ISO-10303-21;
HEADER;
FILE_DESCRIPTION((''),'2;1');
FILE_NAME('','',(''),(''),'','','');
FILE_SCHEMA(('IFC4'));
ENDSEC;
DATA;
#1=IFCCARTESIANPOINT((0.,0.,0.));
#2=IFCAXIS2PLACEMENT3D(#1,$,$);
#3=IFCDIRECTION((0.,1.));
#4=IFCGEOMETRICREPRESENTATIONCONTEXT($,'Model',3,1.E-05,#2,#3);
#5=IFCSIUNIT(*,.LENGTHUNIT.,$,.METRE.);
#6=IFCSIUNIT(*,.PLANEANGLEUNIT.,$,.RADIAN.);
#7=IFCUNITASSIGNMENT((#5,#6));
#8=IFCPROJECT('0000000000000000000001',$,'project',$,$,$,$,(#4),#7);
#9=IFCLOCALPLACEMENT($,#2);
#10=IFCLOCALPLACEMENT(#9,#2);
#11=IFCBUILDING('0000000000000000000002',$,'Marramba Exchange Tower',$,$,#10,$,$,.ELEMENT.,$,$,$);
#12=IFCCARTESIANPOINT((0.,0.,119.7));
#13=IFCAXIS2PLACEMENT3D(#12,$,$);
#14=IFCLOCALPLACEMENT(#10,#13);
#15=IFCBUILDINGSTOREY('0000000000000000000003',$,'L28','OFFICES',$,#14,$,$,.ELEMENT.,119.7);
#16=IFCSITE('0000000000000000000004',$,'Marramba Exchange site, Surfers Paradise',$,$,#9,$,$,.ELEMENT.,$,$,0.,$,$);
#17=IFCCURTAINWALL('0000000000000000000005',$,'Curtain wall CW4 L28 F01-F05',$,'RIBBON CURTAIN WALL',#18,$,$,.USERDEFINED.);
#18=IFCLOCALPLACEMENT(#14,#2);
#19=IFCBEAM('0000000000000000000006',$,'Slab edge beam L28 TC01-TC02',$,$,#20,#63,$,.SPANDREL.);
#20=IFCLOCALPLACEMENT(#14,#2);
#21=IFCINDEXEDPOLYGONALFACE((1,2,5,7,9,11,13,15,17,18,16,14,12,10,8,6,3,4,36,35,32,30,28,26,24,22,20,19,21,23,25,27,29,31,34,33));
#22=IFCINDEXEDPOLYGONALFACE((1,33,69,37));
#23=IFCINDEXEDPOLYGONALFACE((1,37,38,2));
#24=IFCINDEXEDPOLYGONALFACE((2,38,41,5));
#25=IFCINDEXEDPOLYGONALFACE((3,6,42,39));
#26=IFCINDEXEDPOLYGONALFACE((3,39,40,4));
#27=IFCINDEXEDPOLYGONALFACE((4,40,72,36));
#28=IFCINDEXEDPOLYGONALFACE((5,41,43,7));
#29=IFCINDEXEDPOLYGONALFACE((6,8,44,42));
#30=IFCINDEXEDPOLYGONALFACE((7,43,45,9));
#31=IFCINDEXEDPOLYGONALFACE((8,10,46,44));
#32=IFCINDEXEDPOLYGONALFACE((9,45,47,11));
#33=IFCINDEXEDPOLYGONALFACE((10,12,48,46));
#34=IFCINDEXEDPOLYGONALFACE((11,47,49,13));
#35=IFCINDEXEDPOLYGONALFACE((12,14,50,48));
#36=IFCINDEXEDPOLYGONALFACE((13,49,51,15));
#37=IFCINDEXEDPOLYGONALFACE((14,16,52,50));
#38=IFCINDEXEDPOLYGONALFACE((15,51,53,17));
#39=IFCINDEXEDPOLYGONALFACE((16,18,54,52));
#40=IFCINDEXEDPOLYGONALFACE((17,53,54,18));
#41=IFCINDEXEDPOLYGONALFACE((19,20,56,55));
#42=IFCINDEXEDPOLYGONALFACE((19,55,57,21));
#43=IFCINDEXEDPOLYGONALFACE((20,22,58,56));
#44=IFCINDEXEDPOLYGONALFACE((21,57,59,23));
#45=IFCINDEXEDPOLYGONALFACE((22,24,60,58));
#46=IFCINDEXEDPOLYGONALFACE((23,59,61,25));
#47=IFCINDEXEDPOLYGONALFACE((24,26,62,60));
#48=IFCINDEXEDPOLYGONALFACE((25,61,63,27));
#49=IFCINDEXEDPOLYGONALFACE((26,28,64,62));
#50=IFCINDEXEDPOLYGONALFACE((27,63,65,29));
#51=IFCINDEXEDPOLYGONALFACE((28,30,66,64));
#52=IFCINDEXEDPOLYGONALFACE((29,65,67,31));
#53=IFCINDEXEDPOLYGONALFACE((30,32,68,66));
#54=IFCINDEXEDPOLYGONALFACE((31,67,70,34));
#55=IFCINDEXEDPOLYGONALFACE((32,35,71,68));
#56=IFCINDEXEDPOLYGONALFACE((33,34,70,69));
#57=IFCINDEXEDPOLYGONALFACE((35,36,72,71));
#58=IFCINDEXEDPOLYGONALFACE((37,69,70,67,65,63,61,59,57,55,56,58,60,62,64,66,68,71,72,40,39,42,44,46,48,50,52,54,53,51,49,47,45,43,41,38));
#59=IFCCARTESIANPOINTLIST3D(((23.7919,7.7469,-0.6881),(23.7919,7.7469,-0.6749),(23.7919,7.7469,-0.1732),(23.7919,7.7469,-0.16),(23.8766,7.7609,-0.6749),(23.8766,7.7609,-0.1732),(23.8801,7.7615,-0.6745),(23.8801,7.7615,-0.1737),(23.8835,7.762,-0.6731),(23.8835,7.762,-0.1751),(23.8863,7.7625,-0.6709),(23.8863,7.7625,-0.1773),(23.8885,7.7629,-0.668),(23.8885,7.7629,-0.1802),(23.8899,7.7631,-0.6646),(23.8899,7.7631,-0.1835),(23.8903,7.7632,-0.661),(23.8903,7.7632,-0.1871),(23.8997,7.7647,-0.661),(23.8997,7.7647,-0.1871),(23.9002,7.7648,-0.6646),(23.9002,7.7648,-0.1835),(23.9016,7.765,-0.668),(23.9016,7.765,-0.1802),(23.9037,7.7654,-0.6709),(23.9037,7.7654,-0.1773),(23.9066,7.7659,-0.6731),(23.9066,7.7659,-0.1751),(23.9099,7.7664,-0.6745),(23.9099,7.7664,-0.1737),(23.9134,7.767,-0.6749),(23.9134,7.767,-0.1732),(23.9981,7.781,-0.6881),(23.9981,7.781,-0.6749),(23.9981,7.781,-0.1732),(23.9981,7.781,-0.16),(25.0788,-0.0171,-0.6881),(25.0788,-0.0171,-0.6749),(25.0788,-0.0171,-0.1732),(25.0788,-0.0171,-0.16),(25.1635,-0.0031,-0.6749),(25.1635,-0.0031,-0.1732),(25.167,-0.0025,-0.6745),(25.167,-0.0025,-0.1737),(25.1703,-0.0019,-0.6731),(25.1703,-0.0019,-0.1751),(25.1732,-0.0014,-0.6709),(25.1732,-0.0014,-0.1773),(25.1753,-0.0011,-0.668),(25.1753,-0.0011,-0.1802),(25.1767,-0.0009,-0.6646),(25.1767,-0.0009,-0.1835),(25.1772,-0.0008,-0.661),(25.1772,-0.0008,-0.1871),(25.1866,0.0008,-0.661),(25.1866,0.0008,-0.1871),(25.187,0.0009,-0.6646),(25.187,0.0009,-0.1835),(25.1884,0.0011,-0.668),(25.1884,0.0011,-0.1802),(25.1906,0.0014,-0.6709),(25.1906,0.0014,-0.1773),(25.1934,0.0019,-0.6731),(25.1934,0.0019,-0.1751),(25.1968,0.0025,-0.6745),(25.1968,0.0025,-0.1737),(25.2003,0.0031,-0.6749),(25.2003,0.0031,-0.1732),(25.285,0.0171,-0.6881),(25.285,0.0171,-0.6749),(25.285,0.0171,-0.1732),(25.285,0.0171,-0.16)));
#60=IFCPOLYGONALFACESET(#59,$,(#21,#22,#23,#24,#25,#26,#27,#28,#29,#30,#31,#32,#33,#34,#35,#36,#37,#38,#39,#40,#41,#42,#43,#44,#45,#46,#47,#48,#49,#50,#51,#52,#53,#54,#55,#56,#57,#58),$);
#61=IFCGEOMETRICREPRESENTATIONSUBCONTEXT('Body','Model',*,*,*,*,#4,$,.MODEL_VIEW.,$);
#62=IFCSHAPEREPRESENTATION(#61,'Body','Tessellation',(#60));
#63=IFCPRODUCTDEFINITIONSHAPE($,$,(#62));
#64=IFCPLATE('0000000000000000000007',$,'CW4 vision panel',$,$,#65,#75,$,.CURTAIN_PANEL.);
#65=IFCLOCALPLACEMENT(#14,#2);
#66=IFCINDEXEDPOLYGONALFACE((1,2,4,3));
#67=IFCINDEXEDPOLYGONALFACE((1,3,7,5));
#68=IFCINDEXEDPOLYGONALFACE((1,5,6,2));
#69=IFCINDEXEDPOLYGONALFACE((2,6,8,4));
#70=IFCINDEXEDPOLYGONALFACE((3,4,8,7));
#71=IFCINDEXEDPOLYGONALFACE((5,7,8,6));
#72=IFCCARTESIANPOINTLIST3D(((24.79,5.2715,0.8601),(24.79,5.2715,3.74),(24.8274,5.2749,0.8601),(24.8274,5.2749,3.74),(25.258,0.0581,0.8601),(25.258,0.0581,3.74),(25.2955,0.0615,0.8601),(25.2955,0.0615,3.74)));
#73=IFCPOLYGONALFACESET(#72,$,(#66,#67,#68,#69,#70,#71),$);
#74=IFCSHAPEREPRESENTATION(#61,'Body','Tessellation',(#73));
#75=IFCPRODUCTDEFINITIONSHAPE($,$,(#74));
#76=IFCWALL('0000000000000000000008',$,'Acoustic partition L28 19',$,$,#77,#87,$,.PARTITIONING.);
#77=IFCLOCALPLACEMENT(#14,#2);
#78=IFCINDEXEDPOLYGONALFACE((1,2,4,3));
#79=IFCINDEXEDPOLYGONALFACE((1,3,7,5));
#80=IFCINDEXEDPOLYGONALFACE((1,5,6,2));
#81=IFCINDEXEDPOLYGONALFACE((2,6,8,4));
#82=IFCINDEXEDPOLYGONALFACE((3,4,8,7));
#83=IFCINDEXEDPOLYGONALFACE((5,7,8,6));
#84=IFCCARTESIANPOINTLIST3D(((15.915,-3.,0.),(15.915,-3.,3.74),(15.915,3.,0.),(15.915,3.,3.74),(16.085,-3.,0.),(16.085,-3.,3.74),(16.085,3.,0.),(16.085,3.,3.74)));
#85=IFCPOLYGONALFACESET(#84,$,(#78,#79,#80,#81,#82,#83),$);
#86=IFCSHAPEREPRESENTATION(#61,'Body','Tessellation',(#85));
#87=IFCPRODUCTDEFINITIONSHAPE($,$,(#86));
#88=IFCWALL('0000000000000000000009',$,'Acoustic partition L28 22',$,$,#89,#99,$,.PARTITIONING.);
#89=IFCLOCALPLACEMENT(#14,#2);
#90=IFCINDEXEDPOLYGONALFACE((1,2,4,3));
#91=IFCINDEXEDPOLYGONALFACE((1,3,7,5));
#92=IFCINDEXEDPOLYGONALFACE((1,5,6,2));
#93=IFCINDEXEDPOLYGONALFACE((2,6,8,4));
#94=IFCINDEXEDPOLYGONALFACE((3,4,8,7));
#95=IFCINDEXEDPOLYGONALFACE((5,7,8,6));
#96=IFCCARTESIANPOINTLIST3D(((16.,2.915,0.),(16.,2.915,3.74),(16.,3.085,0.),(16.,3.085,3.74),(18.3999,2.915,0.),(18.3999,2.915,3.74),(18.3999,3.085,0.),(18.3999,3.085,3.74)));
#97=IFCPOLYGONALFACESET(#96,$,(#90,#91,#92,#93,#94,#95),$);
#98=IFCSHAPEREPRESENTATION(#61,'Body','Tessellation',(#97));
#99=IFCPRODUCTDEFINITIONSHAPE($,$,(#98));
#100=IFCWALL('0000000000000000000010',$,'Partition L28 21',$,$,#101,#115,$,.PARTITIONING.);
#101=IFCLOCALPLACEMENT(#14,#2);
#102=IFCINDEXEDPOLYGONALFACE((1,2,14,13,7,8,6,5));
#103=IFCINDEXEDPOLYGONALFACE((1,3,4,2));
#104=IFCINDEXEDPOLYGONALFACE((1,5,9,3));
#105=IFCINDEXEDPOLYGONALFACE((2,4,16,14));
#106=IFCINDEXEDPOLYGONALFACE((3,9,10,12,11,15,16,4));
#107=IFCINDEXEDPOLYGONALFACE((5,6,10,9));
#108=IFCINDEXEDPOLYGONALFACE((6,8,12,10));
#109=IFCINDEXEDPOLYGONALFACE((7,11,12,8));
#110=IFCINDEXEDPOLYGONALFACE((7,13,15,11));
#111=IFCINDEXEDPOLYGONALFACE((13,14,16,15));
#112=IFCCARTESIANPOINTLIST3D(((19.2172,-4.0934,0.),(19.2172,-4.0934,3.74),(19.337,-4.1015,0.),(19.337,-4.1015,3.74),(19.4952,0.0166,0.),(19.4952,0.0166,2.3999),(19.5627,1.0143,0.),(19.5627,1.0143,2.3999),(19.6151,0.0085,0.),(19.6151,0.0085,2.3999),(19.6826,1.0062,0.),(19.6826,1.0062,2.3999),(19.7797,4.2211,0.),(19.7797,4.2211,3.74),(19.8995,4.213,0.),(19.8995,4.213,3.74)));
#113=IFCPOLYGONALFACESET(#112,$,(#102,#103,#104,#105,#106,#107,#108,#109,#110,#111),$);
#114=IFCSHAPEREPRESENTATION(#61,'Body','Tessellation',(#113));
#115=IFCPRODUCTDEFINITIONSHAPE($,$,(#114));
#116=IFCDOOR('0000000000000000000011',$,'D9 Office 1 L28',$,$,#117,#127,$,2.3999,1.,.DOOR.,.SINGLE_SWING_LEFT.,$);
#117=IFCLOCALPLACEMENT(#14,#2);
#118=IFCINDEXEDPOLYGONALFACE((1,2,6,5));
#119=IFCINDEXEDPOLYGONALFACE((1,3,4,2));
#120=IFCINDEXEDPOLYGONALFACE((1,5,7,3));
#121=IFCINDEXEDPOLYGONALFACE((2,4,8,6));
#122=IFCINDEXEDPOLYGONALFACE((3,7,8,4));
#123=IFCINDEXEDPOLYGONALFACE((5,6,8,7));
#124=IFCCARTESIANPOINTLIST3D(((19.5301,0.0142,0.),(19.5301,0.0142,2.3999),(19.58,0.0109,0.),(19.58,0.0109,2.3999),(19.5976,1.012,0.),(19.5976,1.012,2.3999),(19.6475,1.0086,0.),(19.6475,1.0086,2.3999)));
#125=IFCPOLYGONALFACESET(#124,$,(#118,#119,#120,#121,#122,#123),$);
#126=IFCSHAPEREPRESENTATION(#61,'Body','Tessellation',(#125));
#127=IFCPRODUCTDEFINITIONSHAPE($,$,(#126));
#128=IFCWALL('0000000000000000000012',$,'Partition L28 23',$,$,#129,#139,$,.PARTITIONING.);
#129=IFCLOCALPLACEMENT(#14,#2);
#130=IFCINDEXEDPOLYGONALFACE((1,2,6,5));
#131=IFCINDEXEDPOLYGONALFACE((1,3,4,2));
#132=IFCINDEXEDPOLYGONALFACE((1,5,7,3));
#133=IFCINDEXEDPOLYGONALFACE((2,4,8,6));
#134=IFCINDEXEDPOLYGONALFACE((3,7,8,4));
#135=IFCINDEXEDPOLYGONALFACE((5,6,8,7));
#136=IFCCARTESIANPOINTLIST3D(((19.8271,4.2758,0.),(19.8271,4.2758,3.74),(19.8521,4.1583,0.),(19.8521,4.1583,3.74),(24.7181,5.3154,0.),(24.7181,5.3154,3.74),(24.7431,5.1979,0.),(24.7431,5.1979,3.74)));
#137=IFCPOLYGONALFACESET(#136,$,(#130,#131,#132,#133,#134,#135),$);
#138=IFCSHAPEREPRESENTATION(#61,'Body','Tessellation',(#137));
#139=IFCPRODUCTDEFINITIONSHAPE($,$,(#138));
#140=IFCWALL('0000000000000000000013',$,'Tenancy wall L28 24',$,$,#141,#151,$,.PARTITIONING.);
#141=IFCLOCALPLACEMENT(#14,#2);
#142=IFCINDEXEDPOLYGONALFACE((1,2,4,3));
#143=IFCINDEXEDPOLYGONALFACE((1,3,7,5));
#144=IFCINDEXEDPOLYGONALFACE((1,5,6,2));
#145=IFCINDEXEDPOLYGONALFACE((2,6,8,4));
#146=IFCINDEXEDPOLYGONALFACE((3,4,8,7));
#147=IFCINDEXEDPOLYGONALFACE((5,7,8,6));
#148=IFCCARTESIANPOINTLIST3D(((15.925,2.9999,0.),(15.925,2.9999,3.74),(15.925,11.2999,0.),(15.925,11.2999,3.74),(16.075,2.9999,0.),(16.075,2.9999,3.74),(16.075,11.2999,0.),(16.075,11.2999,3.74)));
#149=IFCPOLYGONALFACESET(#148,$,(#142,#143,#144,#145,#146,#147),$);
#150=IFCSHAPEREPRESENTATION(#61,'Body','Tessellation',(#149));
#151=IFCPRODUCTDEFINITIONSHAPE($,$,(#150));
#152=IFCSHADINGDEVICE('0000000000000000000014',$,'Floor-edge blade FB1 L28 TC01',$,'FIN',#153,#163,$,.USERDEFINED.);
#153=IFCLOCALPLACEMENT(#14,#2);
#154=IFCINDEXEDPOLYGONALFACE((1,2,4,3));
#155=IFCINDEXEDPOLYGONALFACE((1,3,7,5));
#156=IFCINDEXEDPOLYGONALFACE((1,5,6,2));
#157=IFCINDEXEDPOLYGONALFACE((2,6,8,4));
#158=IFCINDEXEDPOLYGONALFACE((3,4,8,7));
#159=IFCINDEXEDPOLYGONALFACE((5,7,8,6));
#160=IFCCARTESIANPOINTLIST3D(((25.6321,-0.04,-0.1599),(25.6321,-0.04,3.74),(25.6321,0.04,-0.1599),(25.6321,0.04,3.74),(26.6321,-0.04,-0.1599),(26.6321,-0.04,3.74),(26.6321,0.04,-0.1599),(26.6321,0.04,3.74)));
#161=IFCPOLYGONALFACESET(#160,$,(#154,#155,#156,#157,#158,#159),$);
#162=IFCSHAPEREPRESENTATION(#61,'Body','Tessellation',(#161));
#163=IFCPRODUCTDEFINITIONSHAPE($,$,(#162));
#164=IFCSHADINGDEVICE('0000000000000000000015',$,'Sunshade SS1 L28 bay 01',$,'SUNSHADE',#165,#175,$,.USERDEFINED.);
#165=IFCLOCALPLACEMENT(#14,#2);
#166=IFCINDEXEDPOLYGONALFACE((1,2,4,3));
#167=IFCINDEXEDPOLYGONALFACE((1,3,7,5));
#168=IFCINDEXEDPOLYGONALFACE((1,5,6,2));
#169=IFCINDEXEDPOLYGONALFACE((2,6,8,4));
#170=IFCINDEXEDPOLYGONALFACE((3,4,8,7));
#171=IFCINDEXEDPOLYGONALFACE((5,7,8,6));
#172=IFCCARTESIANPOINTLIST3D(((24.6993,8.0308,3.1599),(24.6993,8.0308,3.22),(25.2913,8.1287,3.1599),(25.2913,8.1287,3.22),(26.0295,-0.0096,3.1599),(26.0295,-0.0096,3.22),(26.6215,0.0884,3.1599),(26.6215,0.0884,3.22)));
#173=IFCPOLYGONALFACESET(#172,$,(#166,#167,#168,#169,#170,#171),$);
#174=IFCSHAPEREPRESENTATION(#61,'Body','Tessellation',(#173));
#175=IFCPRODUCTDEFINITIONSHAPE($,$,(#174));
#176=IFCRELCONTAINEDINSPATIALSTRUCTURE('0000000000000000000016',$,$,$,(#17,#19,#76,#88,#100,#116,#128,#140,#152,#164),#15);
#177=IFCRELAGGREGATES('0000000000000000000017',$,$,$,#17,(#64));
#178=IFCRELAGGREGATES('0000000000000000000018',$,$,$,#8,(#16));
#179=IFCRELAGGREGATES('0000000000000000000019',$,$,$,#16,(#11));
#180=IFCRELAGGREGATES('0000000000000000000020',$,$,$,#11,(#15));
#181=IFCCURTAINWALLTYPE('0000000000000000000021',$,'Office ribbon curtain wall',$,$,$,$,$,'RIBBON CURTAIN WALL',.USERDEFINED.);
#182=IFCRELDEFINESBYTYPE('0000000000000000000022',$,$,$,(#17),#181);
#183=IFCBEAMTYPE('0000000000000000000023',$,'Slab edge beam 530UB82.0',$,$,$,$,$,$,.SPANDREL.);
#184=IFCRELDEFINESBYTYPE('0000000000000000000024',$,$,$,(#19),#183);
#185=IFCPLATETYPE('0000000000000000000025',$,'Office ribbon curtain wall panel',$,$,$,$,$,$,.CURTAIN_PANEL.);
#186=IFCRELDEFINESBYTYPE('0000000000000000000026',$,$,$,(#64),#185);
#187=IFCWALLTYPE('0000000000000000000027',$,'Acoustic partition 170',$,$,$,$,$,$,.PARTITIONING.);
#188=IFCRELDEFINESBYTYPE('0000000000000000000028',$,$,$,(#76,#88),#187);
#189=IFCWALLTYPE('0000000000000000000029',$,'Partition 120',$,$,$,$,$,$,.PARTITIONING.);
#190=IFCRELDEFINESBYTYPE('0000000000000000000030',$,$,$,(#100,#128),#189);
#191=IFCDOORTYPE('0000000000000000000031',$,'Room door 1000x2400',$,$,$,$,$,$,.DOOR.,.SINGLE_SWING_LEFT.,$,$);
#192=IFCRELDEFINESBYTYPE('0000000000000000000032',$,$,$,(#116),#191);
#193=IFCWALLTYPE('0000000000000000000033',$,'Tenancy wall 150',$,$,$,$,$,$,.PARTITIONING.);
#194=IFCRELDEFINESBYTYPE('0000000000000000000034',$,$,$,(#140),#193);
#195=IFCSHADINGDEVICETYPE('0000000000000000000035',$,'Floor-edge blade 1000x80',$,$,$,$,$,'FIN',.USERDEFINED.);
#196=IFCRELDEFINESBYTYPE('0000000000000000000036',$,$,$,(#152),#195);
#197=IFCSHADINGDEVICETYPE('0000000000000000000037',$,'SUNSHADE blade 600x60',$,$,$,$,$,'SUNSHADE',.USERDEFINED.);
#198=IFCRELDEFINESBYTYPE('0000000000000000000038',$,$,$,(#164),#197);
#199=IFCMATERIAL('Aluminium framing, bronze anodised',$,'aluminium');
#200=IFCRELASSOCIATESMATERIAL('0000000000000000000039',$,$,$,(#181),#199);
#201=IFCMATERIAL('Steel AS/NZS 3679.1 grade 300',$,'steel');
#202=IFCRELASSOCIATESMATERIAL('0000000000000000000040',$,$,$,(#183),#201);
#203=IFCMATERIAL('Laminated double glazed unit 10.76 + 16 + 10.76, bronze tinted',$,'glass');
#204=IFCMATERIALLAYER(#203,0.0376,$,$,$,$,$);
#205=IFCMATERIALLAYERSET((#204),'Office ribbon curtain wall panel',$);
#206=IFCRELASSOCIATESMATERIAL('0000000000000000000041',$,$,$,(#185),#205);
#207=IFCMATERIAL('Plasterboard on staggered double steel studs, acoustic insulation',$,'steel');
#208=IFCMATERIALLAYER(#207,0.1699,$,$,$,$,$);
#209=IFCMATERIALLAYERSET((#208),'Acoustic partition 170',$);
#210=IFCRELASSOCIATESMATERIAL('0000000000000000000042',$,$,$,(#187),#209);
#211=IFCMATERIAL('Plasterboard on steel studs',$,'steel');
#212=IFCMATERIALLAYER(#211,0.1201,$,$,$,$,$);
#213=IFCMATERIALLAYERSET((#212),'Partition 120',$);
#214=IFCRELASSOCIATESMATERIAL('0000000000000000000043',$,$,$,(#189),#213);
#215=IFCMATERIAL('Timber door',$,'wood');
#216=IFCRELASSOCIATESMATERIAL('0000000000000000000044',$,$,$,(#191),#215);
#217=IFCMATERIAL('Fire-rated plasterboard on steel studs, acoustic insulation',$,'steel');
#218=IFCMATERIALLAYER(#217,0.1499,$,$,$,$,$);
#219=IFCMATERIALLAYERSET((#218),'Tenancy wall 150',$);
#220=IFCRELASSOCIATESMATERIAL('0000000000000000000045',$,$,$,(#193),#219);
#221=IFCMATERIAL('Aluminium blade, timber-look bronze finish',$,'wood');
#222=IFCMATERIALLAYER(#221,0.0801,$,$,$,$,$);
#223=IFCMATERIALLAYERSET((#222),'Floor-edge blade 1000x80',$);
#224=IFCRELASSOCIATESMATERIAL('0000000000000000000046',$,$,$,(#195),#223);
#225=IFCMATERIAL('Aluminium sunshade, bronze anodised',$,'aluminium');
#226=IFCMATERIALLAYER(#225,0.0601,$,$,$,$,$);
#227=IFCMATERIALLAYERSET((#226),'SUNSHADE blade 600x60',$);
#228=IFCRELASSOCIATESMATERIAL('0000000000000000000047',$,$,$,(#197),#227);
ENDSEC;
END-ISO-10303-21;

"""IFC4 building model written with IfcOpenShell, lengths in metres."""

from ifc_helpers import new_model, si_unit, direction, frame, frame_2d, origin, origin_2d, place, context, subcontext, project, spatial, rectangle, i_section, extrude, material, layer, layer_set, material_profile, profile_set, type_object, element, fill, aggregate, save


model = new_model("IFC4")

# Units and contexts
model_context = context("Model", 3, precision=1e-05, world=origin(), true_north=direction((0.0, 1.0)))
body_context = subcontext(model_context, "Body", "Model", "MODEL_VIEW")
ifc_project = project(units=[si_unit("LENGTHUNIT", "METRE"), si_unit("PLANEANGLEUNIT", "RADIAN")], contexts=[model_context])

# Site, building, storey
site_placement = place(None, origin())
site = spatial("IfcSite", under=ifc_project, at=site_placement, Name="Marramba Exchange site, Surfers Paradise", CompositionType="ELEMENT", RefElevation=0.0)
building_placement = place(site_placement, origin())
building = spatial("IfcBuilding", under=site, at=building_placement, Name="Marramba Exchange Tower", CompositionType="ELEMENT")
storey_placement = place(building_placement, frame((0.0, 0.0, 119.7)))
storey = spatial("IfcBuildingStorey", under=building, at=storey_placement, Name="L28", Description="OFFICES", CompositionType="ELEMENT", Elevation=119.7)

# Shared definitions
ifc_material_1 = material(Name="Steel AS/NZS 3679.1 grade 300", Category="steel")

# Curtain wall
ifc_material_2 = material(Name="Aluminium framing, bronze anodised", Category="aluminium")
curtain_wall_type = type_object("IfcCurtainWallType", Name="Office ribbon curtain wall", ElementType="RIBBON CURTAIN WALL", PredefinedType="USERDEFINED", material=ifc_material_2)
curtain_wall_placement = place(storey_placement, origin())
curtain_wall = element("IfcCurtainWall", 1, at=curtain_wall_placement, inside=storey, type_object=curtain_wall_type, Name="Curtain wall CW4 L28 F01-F05", ObjectType="RIBBON CURTAIN WALL", PredefinedType="USERDEFINED")

# Beam
ifc_material_profile_1 = material_profile(ifc_material_1, i_section(OverallWidth=0.209, OverallDepth=0.5281, WebThickness=0.0095, FlangeThickness=0.0132, FilletRadius=0.0139, at=origin_2d()), Name="530UB82.0")
ifc_profile_set_1 = profile_set([ifc_material_profile_1], Name="Steel AS/NZS 3679.1 grade 300")
beam_type_1 = type_object("IfcBeamType", Name="Slab edge beam 530UB82.0", PredefinedType="SPANDREL", material=ifc_profile_set_1)
beam_1_placement = place(storey_placement, frame((25.1819, 0.0, -0.4241), z_axis=(-0.163519, 0.98654, 0.0), x_axis=(-0.98654, -0.163519, 0.0)))
element("IfcBeam", 2, at=beam_1_placement, inside=storey, type_object=beam_type_1, Name="Slab edge beam L28 TC01-TC02", PredefinedType="SPANDREL", context=body_context, shape_type="SweptSolid", body=[
    extrude(i_section(OverallWidth=0.209, OverallDepth=0.5281, WebThickness=0.0095, FlangeThickness=0.0132, FilletRadius=0.0139, at=origin_2d()), origin(), (0.0, 0.0, 1.0), 7.8699),
])

# Plate
ifc_material_3 = material(Name="Laminated double glazed unit 10.76 + 16 + 10.76, bronze tinted", Category="glass")
ifc_layer_1 = layer(ifc_material_3, 0.0376)
ifc_layer_set_1 = layer_set([ifc_layer_1], Name="Office ribbon curtain wall panel")
plate_type = type_object("IfcPlateType", Name="Office ribbon curtain wall panel", PredefinedType="CURTAIN_PANEL", material=ifc_layer_set_1)
plate_placement = place(storey_placement, frame((25.0427, 2.6665, 0.8601), z_axis=(0.0, 0.0, 1.0), x_axis=(-0.089413, 0.995995, 0.0)))
plate = element("IfcPlate", 3, at=plate_placement, type_object=plate_type, Name="CW4 vision panel", PredefinedType="CURTAIN_PANEL", context=body_context, shape_type="SweptSolid", body=[
    extrude(rectangle(XDim=5.2344, YDim=0.0376, at=origin_2d()), origin(), (0.0, 0.0, 1.0), 2.8799),
])
aggregate(curtain_wall, [plate])

# Walls
ifc_material_4 = material(Name="Plasterboard on staggered double steel studs, acoustic insulation", Category="steel")
ifc_layer_2 = layer(ifc_material_4, 0.1699)
ifc_layer_set_2 = layer_set([ifc_layer_2], Name="Acoustic partition 170")
wall_type_1 = type_object("IfcWallType", Name="Acoustic partition 170", PredefinedType="PARTITIONING", material=ifc_layer_set_2)
wall_1_placement = place(storey_placement, frame((16.0, 3.0, 0.0), z_axis=(0.0, 0.0, 1.0), x_axis=(0.0, -1.0, 0.0)))
element("IfcWall", 4, at=wall_1_placement, inside=storey, type_object=wall_type_1, Name="Acoustic partition L28 19", PredefinedType="PARTITIONING", context=body_context, shape_type="SweptSolid", body=[
    extrude(rectangle(XDim=6.0, YDim=0.1699, at=frame_2d((3.0, 0.0))), origin(), (0.0, 0.0, 1.0), 3.74),
])
wall_2_placement = place(storey_placement, frame((18.3999, 3.0, 0.0), z_axis=(0.0, 0.0, 1.0), x_axis=(-1.0, 0.0, 0.0)))
element("IfcWall", 5, at=wall_2_placement, inside=storey, type_object=wall_type_1, Name="Acoustic partition L28 22", PredefinedType="PARTITIONING", context=body_context, shape_type="SweptSolid", body=[
    extrude(rectangle(XDim=2.3999, YDim=0.1699, at=frame_2d((1.2, 0.0))), origin(), (0.0, 0.0, 1.0), 3.74),
])

# Wall, opening, door
ifc_material_5 = material(Name="Plasterboard on steel studs", Category="steel")
ifc_layer_3 = layer(ifc_material_5, 0.1201)
ifc_layer_set_3 = layer_set([ifc_layer_3], Name="Partition 120")
wall_type_2 = type_object("IfcWallType", Name="Partition 120", PredefinedType="PARTITIONING", material=ifc_layer_set_3)
wall_3_placement = place(storey_placement, frame((19.8396, 4.217, 0.0), z_axis=(0.0, 0.0, 1.0), x_axis=(-0.067499, -0.997719, 0.0)))
wall_3 = element("IfcWall", 6, at=wall_3_placement, inside=storey, type_object=wall_type_2, Name="Partition L28 21", PredefinedType="PARTITIONING", context=body_context, shape_type="SweptSolid", body=[
    extrude(rectangle(XDim=8.3335, YDim=0.1201, at=frame_2d((4.1667, 0.0))), origin(), (0.0, 0.0, 1.0), 3.74),
])
opening_placement = place(wall_3_placement, frame((3.2141, 0.0, 0.0)))
opening = element("IfcOpeningElement", 7, at=opening_placement, cuts=wall_3, PredefinedType="OPENING", context=body_context, shape_type="SweptSolid", body=[
    extrude(rectangle(XDim=1.0, YDim=2.3999, at=frame_2d((0.5, 1.2))), frame((0.0, 0.0701, 0.0), z_axis=(0.0, -1.0, 0.0), x_axis=(1.0, 0.0, 0.0)), (0.0, 0.0, 1.0), 0.1401),
])
ifc_material_6 = material(Name="Timber door", Category="wood")
door_type = type_object("IfcDoorType", Name="Room door 1000x2400", OperationType="SINGLE_SWING_LEFT", PredefinedType="DOOR", material=ifc_material_6)
door_placement = place(opening_placement, origin())
door = element("IfcDoor", 8, at=door_placement, inside=storey, type_object=door_type, Name="D9 Office 1 L28", OperationType="SINGLE_SWING_LEFT", OverallHeight=2.3999, OverallWidth=1.0, PredefinedType="DOOR", context=body_context, shape_type="SweptSolid", body=[
    extrude(rectangle(XDim=1.0, YDim=2.3999, at=frame_2d((0.5, 1.2))), frame((0.0, 0.0249, 0.0), z_axis=(0.0, -1.0, 0.0), x_axis=(1.0, 0.0, 0.0)), (0.0, 0.0, 1.0), 0.05),
])
fill(opening, door)

# Walls
wall_4_placement = place(storey_placement, frame((24.7305, 5.2566, 0.0), z_axis=(0.0, 0.0, 1.0), x_axis=(-0.978149, -0.207905, 0.0)))
element("IfcWall", 9, at=wall_4_placement, inside=storey, type_object=wall_type_2, Name="Partition L28 23", PredefinedType="PARTITIONING", context=body_context, shape_type="SweptSolid", body=[
    extrude(rectangle(XDim=5.0002, YDim=0.1201, at=frame_2d((2.5, 0.0))), origin(), (0.0, 0.0, 1.0), 3.74),
])
ifc_material_7 = material(Name="Fire-rated plasterboard on steel studs, acoustic insulation", Category="steel")
ifc_layer_4 = layer(ifc_material_7, 0.1499)
ifc_layer_set_4 = layer_set([ifc_layer_4], Name="Tenancy wall 150")
wall_type_3 = type_object("IfcWallType", Name="Tenancy wall 150", PredefinedType="PARTITIONING", material=ifc_layer_set_4)
wall_5_placement = place(storey_placement, frame((16.0, 3.0, 0.0), z_axis=(0.0, 0.0, 1.0), x_axis=(0.0, 1.0, 0.0)))
element("IfcWall", 10, at=wall_5_placement, inside=storey, type_object=wall_type_3, Name="Tenancy wall L28 24", PredefinedType="PARTITIONING", context=body_context, shape_type="SweptSolid", body=[
    extrude(rectangle(XDim=8.3, YDim=0.1499, at=frame_2d((4.1499, 0.0))), origin(), (0.0, 0.0, 1.0), 3.74),
])

# Shading devices
ifc_material_8 = material(Name="Aluminium blade, timber-look bronze finish", Category="wood")
ifc_layer_5 = layer(ifc_material_8, 0.0801)
ifc_layer_set_5 = layer_set([ifc_layer_5], Name="Floor-edge blade 1000x80")
shading_device_type_1 = type_object("IfcShadingDeviceType", Name="Floor-edge blade 1000x80", ElementType="FIN", PredefinedType="USERDEFINED", material=ifc_layer_set_5)
shading_device_1_placement = place(storey_placement, frame((26.1321, 0.0, -0.1599), z_axis=(0.0, 0.0, 1.0), x_axis=(1.0, 0.0, 0.0)))
element("IfcShadingDevice", 11, at=shading_device_1_placement, inside=storey, type_object=shading_device_type_1, Name="Floor-edge blade FB1 L28 TC01", ObjectType="FIN", PredefinedType="USERDEFINED", context=body_context, shape_type="SweptSolid", body=[
    extrude(rectangle(XDim=1.0, YDim=0.0801, at=origin_2d()), origin(), (0.0, 0.0, 1.0), 3.8999),
])
ifc_material_9 = material(Name="Aluminium sunshade, bronze anodised", Category="aluminium")
ifc_layer_6 = layer(ifc_material_9, 0.0601)
ifc_layer_set_6 = layer_set([ifc_layer_6], Name="SUNSHADE blade 600x60")
shading_device_type_2 = type_object("IfcShadingDeviceType", Name="SUNSHADE blade 600x60", ElementType="SUNSHADE", PredefinedType="USERDEFINED", material=ifc_layer_set_6)
shading_device_2_placement = place(storey_placement, frame((25.6604, 4.0596, 3.1599), z_axis=(0.0, 0.0, 1.0), x_axis=(-0.163228, 0.986588, 0.0)))
element("IfcShadingDevice", 12, at=shading_device_2_placement, inside=storey, type_object=shading_device_type_2, Name="Sunshade SS1 L28 bay 01", ObjectType="SUNSHADE", PredefinedType="USERDEFINED", context=body_context, shape_type="SweptSolid", body=[
    extrude(rectangle(XDim=8.1497, YDim=0.6001, at=origin_2d()), origin(), (0.0, 0.0, 1.0), 0.0601),
])

save(model, "model.ifc")
